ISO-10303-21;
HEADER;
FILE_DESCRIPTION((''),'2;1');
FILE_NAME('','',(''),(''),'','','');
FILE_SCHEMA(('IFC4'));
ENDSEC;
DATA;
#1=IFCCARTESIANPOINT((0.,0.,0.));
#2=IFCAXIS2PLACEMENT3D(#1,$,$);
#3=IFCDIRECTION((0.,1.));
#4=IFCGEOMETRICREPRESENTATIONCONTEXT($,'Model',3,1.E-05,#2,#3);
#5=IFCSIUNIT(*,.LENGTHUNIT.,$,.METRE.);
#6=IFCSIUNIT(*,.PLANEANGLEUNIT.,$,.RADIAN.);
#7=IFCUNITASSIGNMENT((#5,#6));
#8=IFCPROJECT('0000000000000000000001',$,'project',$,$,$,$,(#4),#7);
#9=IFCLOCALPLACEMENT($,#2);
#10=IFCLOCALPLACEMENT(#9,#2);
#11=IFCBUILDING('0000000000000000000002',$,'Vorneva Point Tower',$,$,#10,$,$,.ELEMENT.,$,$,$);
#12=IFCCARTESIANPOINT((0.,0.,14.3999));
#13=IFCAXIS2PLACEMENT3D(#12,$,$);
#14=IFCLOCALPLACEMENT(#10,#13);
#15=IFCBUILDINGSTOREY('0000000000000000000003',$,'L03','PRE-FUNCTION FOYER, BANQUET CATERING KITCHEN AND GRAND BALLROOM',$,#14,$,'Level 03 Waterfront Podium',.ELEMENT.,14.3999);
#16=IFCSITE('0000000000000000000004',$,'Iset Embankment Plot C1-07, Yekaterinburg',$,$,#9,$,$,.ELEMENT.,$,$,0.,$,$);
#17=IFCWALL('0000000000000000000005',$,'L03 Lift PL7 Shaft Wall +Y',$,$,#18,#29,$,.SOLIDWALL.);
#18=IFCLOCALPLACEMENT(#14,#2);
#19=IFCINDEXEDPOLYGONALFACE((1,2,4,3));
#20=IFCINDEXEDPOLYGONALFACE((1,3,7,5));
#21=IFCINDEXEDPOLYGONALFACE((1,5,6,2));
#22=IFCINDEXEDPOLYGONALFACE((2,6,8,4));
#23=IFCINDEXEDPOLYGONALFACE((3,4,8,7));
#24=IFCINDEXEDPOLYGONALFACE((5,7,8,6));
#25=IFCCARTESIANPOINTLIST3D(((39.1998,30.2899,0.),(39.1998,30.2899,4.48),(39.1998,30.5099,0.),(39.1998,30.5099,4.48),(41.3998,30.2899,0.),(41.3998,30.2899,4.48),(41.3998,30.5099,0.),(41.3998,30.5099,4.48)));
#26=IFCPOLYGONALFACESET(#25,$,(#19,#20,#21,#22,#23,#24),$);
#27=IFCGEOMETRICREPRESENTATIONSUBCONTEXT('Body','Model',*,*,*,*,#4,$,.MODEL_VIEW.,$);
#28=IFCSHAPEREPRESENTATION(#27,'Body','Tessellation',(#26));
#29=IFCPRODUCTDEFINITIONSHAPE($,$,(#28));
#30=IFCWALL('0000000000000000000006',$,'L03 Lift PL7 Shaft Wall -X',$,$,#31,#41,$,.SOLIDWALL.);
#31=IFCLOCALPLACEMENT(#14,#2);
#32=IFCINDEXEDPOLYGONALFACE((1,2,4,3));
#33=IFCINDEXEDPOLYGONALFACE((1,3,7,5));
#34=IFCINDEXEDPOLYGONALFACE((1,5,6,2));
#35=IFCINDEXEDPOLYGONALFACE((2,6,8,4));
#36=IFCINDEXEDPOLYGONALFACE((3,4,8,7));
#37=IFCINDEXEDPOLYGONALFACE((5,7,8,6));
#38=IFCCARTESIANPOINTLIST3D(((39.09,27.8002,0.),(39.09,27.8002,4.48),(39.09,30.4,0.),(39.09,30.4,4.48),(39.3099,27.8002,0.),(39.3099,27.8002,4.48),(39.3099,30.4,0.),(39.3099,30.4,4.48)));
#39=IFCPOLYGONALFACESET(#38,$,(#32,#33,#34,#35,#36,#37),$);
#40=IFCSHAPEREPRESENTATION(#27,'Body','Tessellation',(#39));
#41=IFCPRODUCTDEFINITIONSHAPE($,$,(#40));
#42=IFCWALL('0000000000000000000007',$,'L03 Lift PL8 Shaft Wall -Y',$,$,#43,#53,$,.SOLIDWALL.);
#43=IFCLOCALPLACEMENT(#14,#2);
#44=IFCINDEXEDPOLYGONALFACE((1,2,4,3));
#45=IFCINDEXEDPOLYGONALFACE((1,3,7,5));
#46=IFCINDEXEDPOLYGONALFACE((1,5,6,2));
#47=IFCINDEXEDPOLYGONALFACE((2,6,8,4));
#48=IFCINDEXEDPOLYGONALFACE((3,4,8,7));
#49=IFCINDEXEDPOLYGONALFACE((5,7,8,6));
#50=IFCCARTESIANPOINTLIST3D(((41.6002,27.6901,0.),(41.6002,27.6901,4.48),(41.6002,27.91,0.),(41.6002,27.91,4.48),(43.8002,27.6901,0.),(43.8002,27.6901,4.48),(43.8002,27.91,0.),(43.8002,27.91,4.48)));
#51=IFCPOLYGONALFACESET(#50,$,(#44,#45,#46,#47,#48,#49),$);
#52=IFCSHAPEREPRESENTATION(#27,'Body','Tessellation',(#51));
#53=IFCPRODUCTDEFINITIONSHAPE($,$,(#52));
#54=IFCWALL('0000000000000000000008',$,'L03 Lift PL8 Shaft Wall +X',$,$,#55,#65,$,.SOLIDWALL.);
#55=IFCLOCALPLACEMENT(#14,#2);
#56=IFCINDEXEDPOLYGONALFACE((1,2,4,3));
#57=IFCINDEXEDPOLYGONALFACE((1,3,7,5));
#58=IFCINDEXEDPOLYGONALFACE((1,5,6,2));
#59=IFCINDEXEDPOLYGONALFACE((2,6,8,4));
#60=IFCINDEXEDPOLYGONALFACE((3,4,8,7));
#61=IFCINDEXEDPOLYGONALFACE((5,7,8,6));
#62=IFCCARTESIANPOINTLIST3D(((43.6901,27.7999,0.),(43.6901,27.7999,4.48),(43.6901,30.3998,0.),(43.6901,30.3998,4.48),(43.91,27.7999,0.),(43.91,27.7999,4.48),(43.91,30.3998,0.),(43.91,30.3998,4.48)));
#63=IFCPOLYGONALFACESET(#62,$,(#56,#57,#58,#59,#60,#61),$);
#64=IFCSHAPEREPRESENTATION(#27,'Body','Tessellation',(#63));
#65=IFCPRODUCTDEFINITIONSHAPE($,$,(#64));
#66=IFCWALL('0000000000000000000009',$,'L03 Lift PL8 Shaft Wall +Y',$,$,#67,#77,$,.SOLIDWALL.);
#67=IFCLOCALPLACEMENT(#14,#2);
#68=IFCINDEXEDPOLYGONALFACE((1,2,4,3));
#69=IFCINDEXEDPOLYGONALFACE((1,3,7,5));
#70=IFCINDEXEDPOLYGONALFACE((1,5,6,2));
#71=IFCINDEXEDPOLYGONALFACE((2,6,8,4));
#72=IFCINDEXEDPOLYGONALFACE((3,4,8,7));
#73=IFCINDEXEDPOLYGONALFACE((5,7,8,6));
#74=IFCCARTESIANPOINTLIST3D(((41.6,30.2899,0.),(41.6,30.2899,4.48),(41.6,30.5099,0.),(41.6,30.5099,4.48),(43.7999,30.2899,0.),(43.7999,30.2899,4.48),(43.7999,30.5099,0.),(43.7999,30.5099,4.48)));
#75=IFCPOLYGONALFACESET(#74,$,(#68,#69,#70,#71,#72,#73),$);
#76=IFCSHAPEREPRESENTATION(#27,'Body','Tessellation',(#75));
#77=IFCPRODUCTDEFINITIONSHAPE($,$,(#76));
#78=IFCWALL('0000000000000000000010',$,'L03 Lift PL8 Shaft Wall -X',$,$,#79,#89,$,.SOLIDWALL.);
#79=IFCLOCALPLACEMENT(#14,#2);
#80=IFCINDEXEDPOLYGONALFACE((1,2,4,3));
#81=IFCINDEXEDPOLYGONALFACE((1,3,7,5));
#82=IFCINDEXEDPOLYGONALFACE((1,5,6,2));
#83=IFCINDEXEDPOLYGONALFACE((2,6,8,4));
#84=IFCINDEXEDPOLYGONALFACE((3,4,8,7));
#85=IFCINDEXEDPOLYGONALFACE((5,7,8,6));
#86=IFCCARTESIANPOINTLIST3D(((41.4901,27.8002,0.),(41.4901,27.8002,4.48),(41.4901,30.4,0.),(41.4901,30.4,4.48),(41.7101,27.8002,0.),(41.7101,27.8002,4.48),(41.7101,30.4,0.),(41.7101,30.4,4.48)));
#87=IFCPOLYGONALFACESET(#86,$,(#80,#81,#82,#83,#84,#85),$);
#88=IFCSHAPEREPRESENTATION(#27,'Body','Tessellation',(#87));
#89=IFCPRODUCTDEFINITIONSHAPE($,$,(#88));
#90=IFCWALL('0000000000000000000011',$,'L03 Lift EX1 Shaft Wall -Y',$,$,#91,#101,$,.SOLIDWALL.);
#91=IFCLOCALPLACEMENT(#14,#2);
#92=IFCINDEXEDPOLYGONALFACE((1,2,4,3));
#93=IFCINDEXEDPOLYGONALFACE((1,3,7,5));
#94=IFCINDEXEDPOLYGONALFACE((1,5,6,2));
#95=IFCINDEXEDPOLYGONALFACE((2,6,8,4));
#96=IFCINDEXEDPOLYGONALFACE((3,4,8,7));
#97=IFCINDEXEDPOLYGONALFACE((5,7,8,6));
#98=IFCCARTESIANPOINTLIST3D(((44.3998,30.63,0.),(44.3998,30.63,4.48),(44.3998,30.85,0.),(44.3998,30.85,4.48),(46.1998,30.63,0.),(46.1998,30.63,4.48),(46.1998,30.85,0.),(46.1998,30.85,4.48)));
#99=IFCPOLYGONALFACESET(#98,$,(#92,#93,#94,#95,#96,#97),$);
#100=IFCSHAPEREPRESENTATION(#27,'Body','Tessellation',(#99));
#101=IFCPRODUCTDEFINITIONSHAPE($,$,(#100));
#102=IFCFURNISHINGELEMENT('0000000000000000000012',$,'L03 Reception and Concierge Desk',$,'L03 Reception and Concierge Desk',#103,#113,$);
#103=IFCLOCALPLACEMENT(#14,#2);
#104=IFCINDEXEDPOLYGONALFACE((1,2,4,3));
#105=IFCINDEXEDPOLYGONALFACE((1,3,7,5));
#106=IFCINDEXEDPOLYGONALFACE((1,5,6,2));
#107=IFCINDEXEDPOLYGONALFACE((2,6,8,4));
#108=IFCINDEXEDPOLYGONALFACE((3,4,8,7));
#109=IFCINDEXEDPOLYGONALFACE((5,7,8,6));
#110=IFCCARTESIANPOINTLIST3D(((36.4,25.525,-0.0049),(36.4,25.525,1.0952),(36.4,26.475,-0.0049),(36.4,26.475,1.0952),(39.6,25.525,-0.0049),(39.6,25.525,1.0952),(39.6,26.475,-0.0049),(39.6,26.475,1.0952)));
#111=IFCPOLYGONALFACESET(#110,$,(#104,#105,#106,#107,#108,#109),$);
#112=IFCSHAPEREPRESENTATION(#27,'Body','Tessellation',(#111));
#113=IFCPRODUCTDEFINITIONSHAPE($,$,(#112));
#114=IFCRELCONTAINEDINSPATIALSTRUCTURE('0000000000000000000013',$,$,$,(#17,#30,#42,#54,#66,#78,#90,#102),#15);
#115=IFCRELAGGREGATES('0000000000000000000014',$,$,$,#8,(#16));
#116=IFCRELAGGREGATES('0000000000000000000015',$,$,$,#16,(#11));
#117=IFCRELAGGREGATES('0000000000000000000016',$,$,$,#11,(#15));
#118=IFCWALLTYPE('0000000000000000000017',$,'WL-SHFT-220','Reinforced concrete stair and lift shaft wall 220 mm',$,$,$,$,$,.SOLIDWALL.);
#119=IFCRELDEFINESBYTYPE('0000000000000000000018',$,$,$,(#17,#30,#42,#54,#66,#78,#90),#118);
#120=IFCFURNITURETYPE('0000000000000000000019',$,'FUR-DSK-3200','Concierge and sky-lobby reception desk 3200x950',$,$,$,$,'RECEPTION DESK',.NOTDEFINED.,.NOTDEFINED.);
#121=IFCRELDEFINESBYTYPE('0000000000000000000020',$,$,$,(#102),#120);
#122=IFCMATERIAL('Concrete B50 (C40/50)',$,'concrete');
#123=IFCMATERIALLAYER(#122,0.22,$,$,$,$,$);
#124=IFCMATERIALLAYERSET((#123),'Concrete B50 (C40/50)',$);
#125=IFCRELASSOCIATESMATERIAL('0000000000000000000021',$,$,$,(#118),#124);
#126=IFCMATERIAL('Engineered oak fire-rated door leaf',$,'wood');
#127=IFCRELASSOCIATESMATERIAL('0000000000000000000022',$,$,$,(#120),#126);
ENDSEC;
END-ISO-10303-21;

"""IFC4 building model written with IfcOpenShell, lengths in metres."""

from ifc_helpers import new_model, si_unit, direction, frame, frame_2d, origin, origin_2d, place, context, subcontext, project, spatial, rectangle, extrude, material, layer, layer_set, type_object, element, save


model = new_model("IFC4")

# Units and contexts
model_context = context("Model", 3, precision=1e-05, world=origin(), true_north=direction((0.0, 1.0)))
body_context = subcontext(model_context, "Body", "Model", "MODEL_VIEW")
ifc_project = project(units=[si_unit("LENGTHUNIT", "METRE"), si_unit("PLANEANGLEUNIT", "RADIAN")], contexts=[model_context])

# Site, building, storey
site_placement = place(None, origin())
site = spatial("IfcSite", under=ifc_project, at=site_placement, Name="Iset Embankment Plot C1-07, Yekaterinburg", CompositionType="ELEMENT", RefElevation=0.0)
building_placement = place(site_placement, origin())
building = spatial("IfcBuilding", under=site, at=building_placement, Name="Vorneva Point Tower", CompositionType="ELEMENT")
storey_placement = place(building_placement, frame((0.0, 0.0, 14.3999)))
storey = spatial("IfcBuildingStorey", under=building, at=storey_placement, Name="L03", Description="PRE-FUNCTION FOYER, BANQUET CATERING KITCHEN AND GRAND BALLROOM", LongName="Level 03 Waterfront Podium", CompositionType="ELEMENT", Elevation=14.3999)

# Walls
ifc_material_1 = material(Name="Concrete B50 (C40/50)", Category="concrete")
ifc_layer_1 = layer(ifc_material_1, 0.22)
ifc_layer_set_1 = layer_set([ifc_layer_1], Name="Concrete B50 (C40/50)")
wall_type_1 = type_object("IfcWallType", Name="WL-SHFT-220", Description="Reinforced concrete stair and lift shaft wall 220 mm", PredefinedType="SOLIDWALL", material=ifc_layer_set_1)
wall_1_placement = place(storey_placement, frame((41.3999, 30.3999, 0.0), z_axis=(0.0, 0.0, 1.0), x_axis=(-1.0, 0.0, 0.0)))
element("IfcWall", 1, at=wall_1_placement, inside=storey, type_object=wall_type_1, Name="L03 Lift PL7 Shaft Wall +Y", PredefinedType="SOLIDWALL", context=body_context, shape_type="SweptSolid", body=[
    extrude(rectangle(XDim=2.2, YDim=0.22, at=frame_2d((1.1001, 0.0))), origin(), (0.0, 0.0, 1.0), 4.48),
])
wall_2_placement = place(storey_placement, frame((39.2, 30.3999, 0.0), z_axis=(0.0, 0.0, 1.0), x_axis=(0.0, -1.0, 0.0)))
element("IfcWall", 2, at=wall_2_placement, inside=storey, type_object=wall_type_1, Name="L03 Lift PL7 Shaft Wall -X", PredefinedType="SOLIDWALL", context=body_context, shape_type="SweptSolid", body=[
    extrude(rectangle(XDim=2.5999, YDim=0.22, at=frame_2d((1.2998, 0.0))), origin(), (0.0, 0.0, 1.0), 4.48),
])
wall_3_placement = place(storey_placement, frame((41.6001, 27.8, 0.0), z_axis=(0.0, 0.0, 1.0), x_axis=(1.0, 0.0, 0.0)))
element("IfcWall", 3, at=wall_3_placement, inside=storey, type_object=wall_type_1, Name="L03 Lift PL8 Shaft Wall -Y", PredefinedType="SOLIDWALL", context=body_context, shape_type="SweptSolid", body=[
    extrude(rectangle(XDim=2.2, YDim=0.22, at=frame_2d((1.1001, 0.0))), origin(), (0.0, 0.0, 1.0), 4.48),
])
wall_4_placement = place(storey_placement, frame((43.8, 27.8, 0.0), z_axis=(0.0, 0.0, 1.0), x_axis=(0.0, 1.0, 0.0)))
element("IfcWall", 4, at=wall_4_placement, inside=storey, type_object=wall_type_1, Name="L03 Lift PL8 Shaft Wall +X", PredefinedType="SOLIDWALL", context=body_context, shape_type="SweptSolid", body=[
    extrude(rectangle(XDim=2.5999, YDim=0.22, at=frame_2d((1.2998, 0.0))), origin(), (0.0, 0.0, 1.0), 4.48),
])
wall_5_placement = place(storey_placement, frame((43.8, 30.3999, 0.0), z_axis=(0.0, 0.0, 1.0), x_axis=(-1.0, 0.0, 0.0)))
element("IfcWall", 5, at=wall_5_placement, inside=storey, type_object=wall_type_1, Name="L03 Lift PL8 Shaft Wall +Y", PredefinedType="SOLIDWALL", context=body_context, shape_type="SweptSolid", body=[
    extrude(rectangle(XDim=2.2, YDim=0.22, at=frame_2d((1.1001, 0.0))), origin(), (0.0, 0.0, 1.0), 4.48),
])
wall_6_placement = place(storey_placement, frame((41.6001, 30.3999, 0.0), z_axis=(0.0, 0.0, 1.0), x_axis=(0.0, -1.0, 0.0)))
element("IfcWall", 6, at=wall_6_placement, inside=storey, type_object=wall_type_1, Name="L03 Lift PL8 Shaft Wall -X", PredefinedType="SOLIDWALL", context=body_context, shape_type="SweptSolid", body=[
    extrude(rectangle(XDim=2.5999, YDim=0.22, at=frame_2d((1.2998, 0.0))), origin(), (0.0, 0.0, 1.0), 4.48),
])
wall_7_placement = place(storey_placement, frame((44.3999, 30.74, 0.0), z_axis=(0.0, 0.0, 1.0), x_axis=(1.0, 0.0, 0.0)))
element("IfcWall", 7, at=wall_7_placement, inside=storey, type_object=wall_type_1, Name="L03 Lift EX1 Shaft Wall -Y", PredefinedType="SOLIDWALL", context=body_context, shape_type="SweptSolid", body=[
    extrude(rectangle(XDim=1.8, YDim=0.22, at=frame_2d((0.8999, 0.0))), origin(), (0.0, 0.0, 1.0), 4.48),
])

# Furnishing element
ifc_material_2 = material(Name="Engineered oak fire-rated door leaf", Category="wood")
furniture_type = type_object("IfcFurnitureType", Name="FUR-DSK-3200", Description="Concierge and sky-lobby reception desk 3200x950", ElementType="RECEPTION DESK", AssemblyPlace="NOTDEFINED", PredefinedType="NOTDEFINED", material=ifc_material_2)
furnishing_placement = place(storey_placement, frame((38.0, 26.0, -0.0049), z_axis=(0.0, 0.0, 1.0), x_axis=(1.0, 0.0, 0.0)))
element("IfcFurnishingElement", 8, at=furnishing_placement, inside=storey, type_object=furniture_type, Name="L03 Reception and Concierge Desk", ObjectType="L03 Reception and Concierge Desk", context=body_context, shape_type="SweptSolid", body=[
    extrude(rectangle(XDim=3.2, YDim=0.95, at=origin_2d()), origin(), (0.0, 0.0, 1.0), 1.1001),
])

save(model, "model.ifc")
